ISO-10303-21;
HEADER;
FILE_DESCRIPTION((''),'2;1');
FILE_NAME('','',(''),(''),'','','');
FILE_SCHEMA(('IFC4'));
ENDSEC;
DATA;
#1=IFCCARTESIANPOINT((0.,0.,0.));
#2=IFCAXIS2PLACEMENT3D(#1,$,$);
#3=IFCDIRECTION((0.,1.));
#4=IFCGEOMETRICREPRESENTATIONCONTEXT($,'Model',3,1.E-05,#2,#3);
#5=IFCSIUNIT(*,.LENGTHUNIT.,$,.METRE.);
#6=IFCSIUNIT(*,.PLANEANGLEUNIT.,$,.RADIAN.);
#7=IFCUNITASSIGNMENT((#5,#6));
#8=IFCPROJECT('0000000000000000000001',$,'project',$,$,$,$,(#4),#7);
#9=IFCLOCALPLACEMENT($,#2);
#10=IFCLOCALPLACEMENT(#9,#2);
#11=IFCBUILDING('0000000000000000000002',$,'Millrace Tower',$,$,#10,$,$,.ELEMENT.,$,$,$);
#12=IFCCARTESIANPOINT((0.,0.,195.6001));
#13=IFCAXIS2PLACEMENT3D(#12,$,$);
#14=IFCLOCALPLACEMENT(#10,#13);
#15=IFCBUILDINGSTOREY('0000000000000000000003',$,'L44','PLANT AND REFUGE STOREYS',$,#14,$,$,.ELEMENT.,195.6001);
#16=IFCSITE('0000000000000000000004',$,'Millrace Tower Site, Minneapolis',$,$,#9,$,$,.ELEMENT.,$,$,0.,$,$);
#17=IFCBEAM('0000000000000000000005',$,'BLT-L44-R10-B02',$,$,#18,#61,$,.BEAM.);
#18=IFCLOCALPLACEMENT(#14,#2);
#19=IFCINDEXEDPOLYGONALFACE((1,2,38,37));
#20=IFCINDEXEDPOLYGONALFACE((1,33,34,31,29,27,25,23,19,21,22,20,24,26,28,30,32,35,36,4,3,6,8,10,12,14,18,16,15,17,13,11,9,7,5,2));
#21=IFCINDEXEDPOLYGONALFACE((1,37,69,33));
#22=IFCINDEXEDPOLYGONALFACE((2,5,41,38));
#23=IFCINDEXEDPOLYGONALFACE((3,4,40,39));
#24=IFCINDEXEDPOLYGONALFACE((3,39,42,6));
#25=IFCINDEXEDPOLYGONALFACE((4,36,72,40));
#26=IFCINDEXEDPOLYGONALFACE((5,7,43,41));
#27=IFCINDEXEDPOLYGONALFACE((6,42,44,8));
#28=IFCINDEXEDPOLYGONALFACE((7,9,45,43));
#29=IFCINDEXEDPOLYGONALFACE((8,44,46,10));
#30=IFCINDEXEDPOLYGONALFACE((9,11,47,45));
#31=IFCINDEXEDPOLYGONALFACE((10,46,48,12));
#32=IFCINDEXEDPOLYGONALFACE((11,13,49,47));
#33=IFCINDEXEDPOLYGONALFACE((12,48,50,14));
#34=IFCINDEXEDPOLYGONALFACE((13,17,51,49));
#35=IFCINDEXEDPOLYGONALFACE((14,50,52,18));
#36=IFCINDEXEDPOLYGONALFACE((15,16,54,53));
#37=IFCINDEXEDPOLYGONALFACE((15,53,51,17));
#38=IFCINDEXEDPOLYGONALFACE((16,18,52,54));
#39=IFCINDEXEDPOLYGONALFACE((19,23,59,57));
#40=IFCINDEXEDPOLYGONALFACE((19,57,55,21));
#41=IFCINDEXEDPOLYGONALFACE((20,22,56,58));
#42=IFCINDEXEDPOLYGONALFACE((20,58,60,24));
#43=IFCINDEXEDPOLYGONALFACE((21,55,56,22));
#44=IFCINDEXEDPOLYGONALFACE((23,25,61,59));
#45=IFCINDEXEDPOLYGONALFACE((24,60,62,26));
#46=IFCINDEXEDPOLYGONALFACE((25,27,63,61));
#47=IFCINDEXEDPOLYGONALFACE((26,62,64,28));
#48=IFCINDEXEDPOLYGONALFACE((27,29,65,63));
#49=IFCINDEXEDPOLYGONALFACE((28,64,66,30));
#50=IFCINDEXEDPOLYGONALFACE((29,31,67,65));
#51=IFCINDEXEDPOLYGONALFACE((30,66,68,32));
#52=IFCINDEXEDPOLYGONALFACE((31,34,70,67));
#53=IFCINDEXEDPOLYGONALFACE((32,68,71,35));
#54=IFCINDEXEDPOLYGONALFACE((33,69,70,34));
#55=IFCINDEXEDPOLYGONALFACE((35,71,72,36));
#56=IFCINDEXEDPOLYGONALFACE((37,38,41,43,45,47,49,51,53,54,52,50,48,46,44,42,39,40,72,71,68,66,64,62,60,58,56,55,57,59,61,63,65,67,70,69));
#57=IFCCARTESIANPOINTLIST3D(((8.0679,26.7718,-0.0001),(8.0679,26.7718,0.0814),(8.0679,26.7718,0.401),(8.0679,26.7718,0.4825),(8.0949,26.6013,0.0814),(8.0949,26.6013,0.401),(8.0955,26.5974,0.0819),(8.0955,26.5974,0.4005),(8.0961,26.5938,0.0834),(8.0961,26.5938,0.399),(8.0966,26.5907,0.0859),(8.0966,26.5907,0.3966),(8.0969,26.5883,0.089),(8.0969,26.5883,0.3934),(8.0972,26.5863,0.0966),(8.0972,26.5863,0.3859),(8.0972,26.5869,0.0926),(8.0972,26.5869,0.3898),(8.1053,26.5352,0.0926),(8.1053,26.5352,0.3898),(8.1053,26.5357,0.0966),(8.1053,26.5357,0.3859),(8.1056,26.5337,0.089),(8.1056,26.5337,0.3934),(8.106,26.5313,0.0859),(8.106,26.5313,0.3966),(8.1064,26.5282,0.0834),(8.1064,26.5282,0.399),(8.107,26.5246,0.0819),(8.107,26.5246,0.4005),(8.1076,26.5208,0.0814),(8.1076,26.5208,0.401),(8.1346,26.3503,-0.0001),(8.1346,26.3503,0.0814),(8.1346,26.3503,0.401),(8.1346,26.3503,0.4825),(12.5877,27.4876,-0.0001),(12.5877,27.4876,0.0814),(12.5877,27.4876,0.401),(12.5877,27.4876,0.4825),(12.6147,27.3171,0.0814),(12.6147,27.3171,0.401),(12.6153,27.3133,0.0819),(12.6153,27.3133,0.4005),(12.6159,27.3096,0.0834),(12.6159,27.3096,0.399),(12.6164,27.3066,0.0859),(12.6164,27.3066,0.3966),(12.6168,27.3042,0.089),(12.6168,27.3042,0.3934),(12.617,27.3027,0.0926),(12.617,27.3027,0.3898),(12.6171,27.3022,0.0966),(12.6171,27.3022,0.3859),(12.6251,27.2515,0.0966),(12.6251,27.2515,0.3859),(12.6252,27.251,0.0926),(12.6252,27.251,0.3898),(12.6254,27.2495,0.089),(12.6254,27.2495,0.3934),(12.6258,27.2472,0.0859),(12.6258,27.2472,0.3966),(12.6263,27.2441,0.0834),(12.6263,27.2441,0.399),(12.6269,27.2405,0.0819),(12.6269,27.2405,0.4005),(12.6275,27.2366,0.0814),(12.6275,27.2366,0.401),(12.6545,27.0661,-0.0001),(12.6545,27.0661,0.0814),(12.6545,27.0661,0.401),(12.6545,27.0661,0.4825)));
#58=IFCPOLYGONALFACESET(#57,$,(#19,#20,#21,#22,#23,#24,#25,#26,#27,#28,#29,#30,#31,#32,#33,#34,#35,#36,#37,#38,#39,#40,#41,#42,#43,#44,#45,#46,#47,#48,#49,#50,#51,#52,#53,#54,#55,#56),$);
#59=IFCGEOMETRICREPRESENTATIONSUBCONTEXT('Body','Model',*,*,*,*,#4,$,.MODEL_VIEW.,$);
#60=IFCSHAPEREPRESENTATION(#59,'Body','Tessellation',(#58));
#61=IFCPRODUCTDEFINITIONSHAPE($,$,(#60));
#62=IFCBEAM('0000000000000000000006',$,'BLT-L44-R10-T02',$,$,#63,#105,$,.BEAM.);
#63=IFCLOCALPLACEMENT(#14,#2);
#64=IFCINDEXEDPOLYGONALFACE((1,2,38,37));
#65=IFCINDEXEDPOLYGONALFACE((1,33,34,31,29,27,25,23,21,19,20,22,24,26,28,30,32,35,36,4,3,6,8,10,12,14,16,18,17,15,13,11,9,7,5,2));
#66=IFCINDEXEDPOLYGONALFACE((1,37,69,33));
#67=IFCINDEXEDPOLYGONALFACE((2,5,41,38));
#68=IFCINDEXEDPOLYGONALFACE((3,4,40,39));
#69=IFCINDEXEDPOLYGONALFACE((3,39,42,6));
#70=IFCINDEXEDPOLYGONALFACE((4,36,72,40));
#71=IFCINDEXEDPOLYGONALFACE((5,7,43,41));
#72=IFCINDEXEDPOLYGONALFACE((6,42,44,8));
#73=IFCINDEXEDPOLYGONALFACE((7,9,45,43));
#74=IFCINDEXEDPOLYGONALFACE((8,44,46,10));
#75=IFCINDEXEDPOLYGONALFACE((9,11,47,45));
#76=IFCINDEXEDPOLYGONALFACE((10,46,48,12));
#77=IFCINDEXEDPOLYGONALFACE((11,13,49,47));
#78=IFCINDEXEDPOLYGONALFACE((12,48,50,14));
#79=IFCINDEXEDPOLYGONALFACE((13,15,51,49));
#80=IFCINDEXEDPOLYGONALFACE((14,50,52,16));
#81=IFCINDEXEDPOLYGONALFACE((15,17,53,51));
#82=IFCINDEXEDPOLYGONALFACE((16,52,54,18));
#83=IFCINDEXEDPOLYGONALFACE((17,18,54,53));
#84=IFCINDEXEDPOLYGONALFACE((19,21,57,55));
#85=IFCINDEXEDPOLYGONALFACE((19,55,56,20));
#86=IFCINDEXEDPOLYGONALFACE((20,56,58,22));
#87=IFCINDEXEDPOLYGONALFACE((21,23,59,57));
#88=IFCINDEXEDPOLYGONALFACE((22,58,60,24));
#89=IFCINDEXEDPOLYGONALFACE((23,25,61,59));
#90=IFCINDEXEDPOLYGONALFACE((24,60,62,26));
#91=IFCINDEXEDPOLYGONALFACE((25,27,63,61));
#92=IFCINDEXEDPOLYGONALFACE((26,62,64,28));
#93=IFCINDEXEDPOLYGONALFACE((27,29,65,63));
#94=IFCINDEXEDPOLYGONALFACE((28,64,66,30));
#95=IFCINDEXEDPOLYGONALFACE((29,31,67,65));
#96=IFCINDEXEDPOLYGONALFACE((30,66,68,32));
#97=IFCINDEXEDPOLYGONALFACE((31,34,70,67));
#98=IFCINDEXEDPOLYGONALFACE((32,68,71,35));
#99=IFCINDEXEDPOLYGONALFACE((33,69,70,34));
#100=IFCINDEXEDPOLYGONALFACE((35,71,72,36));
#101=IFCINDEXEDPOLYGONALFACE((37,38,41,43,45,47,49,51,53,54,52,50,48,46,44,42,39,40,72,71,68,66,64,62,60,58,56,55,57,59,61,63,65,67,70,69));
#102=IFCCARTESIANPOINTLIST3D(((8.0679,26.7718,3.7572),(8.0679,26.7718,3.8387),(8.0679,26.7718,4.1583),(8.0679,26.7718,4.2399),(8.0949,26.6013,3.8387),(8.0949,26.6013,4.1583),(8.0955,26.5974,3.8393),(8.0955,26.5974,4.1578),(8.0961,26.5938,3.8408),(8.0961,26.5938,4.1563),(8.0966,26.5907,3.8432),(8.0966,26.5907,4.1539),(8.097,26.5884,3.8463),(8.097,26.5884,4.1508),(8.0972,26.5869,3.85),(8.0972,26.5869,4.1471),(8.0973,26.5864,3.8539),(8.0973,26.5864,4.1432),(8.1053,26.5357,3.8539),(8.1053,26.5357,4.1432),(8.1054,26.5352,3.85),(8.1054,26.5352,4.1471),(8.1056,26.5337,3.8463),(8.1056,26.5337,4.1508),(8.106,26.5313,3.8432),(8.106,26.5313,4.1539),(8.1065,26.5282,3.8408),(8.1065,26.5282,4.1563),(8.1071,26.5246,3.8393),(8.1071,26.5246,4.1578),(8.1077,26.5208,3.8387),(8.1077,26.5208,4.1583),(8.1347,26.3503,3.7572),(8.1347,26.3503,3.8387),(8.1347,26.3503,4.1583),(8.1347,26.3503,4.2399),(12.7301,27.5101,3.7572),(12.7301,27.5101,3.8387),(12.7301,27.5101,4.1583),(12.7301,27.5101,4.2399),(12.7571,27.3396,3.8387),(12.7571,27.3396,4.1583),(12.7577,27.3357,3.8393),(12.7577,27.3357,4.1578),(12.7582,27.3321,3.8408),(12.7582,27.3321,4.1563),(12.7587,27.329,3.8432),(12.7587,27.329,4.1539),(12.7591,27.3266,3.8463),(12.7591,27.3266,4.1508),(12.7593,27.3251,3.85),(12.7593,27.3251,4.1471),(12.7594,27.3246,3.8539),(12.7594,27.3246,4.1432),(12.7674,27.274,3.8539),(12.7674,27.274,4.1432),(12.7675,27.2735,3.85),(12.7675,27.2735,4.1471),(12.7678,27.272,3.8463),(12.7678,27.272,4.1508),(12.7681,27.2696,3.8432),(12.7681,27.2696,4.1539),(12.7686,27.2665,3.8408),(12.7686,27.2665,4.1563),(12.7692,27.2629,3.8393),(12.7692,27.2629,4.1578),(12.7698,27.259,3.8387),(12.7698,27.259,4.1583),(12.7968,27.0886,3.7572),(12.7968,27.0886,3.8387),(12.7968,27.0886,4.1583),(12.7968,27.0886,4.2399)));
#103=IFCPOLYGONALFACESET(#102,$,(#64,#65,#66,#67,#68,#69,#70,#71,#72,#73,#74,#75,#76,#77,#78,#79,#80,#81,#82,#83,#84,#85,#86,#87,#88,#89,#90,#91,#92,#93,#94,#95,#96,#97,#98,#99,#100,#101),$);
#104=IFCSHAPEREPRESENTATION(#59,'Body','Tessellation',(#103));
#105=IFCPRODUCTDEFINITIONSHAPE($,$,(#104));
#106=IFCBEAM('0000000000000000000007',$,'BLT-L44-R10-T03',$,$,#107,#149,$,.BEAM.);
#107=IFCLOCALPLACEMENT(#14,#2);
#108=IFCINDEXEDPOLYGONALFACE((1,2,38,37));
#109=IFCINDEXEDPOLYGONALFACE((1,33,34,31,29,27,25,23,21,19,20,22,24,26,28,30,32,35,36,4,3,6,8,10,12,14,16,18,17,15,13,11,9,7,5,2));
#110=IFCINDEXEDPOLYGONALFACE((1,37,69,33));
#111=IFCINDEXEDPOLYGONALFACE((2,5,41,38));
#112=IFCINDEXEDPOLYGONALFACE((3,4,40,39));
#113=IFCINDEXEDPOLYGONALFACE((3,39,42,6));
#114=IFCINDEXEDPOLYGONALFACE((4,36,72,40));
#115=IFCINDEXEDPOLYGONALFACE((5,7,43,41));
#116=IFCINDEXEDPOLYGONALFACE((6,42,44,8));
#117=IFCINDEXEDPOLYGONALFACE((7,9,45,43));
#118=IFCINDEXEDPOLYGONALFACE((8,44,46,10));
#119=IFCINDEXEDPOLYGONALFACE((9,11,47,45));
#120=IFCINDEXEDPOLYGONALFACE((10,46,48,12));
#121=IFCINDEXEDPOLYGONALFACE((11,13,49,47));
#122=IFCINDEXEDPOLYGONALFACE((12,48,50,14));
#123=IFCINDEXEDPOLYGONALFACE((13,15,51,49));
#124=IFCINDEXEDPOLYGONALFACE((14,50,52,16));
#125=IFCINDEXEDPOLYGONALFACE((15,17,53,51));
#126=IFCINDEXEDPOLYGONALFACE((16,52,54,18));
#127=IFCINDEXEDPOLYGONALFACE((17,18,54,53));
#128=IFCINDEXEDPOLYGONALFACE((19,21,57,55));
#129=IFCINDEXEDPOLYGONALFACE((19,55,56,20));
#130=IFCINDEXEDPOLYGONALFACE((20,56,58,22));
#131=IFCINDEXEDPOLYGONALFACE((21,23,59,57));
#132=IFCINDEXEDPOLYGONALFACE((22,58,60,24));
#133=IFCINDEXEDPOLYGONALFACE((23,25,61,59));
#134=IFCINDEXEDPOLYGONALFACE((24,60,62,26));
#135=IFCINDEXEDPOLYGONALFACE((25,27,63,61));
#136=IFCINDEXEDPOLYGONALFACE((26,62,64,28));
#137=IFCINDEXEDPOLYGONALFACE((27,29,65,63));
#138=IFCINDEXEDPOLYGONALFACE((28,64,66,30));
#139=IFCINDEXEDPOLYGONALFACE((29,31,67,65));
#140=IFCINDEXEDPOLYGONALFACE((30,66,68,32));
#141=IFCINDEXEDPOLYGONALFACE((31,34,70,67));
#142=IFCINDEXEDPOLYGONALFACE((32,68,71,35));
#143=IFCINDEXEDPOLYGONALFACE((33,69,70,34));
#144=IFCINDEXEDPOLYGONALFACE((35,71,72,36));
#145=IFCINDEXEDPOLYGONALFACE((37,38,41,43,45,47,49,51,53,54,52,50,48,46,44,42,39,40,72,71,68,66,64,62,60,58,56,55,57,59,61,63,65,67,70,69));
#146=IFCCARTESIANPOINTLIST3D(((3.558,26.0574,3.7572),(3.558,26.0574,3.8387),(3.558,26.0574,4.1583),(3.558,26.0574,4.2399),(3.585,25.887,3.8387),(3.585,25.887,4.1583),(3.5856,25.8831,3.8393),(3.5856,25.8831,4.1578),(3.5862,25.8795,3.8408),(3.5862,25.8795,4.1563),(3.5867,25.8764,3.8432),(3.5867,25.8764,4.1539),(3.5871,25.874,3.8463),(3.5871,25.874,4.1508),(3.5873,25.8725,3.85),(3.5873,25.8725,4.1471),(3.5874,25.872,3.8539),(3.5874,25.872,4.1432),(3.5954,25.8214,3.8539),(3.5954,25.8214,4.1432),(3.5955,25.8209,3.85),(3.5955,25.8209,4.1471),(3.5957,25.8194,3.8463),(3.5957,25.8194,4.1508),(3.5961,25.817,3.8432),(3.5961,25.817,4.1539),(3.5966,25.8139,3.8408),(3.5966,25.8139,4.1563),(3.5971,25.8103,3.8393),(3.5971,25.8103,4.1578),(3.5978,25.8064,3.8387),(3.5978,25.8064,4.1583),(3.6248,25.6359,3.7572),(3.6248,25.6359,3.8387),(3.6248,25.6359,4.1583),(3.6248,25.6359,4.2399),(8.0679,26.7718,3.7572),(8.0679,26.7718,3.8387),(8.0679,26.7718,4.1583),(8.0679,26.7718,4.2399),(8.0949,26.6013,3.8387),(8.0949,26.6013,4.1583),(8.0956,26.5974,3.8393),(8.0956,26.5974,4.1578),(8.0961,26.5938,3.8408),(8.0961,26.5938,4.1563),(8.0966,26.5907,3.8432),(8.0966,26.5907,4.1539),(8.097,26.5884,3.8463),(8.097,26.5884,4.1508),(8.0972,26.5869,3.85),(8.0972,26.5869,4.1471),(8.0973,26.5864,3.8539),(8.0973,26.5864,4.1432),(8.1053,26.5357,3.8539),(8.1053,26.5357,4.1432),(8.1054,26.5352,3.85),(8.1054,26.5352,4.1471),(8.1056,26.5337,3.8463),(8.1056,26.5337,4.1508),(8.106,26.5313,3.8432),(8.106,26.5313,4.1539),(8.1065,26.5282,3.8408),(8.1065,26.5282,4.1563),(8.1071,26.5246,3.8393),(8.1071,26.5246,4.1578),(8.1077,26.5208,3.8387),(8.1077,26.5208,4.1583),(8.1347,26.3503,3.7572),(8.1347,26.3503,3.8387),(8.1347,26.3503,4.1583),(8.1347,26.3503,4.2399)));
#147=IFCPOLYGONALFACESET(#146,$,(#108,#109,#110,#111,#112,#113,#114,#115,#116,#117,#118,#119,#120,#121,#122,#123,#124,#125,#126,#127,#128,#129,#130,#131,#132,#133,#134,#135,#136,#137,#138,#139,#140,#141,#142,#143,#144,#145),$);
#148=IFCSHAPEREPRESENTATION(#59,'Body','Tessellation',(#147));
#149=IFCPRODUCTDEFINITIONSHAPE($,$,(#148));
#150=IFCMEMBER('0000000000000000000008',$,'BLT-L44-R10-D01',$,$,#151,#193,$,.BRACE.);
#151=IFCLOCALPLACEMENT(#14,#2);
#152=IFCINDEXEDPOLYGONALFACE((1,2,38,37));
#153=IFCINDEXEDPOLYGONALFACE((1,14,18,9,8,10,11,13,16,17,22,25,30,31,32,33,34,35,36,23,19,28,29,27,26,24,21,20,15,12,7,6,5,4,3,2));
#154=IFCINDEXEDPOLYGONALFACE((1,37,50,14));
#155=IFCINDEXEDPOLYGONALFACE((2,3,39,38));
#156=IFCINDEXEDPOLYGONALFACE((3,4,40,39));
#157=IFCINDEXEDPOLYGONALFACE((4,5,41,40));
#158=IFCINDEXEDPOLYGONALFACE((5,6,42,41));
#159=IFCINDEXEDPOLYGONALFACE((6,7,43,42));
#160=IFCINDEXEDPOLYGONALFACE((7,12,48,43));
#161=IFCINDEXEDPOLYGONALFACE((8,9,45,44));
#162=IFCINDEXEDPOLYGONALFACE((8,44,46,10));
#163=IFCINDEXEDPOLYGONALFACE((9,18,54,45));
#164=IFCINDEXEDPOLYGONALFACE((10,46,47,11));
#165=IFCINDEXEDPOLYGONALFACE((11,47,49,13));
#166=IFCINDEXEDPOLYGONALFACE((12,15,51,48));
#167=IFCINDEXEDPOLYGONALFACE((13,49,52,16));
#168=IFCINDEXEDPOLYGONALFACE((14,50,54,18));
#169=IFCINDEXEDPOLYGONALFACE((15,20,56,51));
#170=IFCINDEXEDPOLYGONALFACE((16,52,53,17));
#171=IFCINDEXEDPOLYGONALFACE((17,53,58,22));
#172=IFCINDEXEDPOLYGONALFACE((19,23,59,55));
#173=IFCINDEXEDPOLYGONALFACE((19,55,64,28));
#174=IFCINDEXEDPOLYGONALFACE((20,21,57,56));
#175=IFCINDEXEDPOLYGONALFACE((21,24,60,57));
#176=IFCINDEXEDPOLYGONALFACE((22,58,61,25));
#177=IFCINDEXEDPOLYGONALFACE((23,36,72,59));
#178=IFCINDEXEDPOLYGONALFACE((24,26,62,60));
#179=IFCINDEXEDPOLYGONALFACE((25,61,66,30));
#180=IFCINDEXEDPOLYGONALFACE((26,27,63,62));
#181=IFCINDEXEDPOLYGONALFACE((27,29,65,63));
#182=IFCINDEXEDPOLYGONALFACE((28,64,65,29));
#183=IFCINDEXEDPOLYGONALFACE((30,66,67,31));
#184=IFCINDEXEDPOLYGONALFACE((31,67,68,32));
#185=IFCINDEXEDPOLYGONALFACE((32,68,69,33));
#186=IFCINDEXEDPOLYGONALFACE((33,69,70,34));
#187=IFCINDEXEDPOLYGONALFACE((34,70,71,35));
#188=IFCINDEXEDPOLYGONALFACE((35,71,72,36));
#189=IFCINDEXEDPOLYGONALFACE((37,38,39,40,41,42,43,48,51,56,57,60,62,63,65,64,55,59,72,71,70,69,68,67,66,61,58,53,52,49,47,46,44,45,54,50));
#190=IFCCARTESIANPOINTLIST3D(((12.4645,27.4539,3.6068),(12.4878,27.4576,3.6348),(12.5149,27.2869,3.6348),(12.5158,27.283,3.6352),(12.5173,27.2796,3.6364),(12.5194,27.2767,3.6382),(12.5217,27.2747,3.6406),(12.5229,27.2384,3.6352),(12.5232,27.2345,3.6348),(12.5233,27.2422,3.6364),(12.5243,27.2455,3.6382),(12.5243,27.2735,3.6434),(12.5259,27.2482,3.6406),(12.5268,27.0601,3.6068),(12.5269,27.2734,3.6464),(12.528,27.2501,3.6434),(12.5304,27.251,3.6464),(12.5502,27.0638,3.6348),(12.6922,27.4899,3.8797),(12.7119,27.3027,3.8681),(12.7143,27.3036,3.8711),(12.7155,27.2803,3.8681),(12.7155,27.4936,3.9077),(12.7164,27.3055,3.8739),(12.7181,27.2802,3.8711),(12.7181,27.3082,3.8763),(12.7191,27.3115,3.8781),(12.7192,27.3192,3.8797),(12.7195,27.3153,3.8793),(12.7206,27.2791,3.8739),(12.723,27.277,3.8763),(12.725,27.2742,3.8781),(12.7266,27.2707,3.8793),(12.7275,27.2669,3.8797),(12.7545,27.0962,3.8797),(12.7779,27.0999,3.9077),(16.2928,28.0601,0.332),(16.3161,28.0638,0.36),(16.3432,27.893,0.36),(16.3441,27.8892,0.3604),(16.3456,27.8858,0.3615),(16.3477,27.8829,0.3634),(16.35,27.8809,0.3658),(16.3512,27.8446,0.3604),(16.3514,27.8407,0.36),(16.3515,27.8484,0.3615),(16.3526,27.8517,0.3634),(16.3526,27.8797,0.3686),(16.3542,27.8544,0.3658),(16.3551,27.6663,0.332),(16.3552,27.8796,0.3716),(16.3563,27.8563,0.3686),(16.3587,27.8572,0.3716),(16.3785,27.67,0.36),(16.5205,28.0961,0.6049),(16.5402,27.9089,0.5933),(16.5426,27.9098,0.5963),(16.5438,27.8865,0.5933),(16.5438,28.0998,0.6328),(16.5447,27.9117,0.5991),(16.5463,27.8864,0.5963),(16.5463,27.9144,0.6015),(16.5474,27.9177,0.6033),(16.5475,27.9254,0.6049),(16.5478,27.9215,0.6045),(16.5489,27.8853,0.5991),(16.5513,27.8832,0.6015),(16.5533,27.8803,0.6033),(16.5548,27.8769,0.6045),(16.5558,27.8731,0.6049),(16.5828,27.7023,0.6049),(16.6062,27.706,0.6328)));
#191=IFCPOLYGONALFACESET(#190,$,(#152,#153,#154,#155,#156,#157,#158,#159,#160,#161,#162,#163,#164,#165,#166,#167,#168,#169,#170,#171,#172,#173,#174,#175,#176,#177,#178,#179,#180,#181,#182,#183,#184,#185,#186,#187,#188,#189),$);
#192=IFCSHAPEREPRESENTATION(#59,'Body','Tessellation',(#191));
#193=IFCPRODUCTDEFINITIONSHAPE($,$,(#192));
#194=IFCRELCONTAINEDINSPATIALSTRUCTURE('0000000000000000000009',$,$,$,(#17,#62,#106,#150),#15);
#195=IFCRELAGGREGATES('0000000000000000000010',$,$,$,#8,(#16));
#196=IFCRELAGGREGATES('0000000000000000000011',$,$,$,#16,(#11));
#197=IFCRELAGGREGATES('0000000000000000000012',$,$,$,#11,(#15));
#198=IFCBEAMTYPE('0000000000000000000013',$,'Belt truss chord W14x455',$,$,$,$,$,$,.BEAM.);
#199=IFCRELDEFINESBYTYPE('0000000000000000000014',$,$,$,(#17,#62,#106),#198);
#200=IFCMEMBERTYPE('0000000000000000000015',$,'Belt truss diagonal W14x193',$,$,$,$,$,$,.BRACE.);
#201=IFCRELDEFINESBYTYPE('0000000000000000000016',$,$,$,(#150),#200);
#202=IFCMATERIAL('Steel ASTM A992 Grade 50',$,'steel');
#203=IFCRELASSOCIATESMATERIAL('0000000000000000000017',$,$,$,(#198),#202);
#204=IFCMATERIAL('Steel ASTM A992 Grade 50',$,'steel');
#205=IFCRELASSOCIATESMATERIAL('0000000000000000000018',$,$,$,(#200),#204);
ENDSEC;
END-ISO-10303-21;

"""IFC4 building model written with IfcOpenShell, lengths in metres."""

from ifc_helpers import new_model, si_unit, direction, frame, origin, origin_2d, place, context, subcontext, project, spatial, i_section, extrude, material, material_profile, profile_set, type_object, element, save


model = new_model("IFC4")

# Units and contexts
model_context = context("Model", 3, precision=1e-05, world=origin(), true_north=direction((0.0, 1.0)))
body_context = subcontext(model_context, "Body", "Model", "MODEL_VIEW")
ifc_project = project(units=[si_unit("LENGTHUNIT", "METRE"), si_unit("PLANEANGLEUNIT", "RADIAN")], contexts=[model_context])

# Site, building, storey
site_placement = place(None, origin())
site = spatial("IfcSite", under=ifc_project, at=site_placement, Name="Millrace Tower Site, Minneapolis", CompositionType="ELEMENT", RefElevation=0.0)
building_placement = place(site_placement, origin())
building = spatial("IfcBuilding", under=site, at=building_placement, Name="Millrace Tower", CompositionType="ELEMENT")
storey_placement = place(building_placement, frame((0.0, 0.0, 195.6001)))
storey = spatial("IfcBuildingStorey", under=building, at=storey_placement, Name="L44", Description="PLANT AND REFUGE STOREYS", CompositionType="ELEMENT", Elevation=195.6001)

# Beams
ifc_material_1 = material(Name="Steel ASTM A992 Grade 50", Category="steel")
ifc_material_profile_1 = material_profile(ifc_material_1, i_section(OverallWidth=0.4268, OverallDepth=0.4827, WebThickness=0.0513, FlangeThickness=0.0815, FilletRadius=0.0151, at=origin_2d()))
ifc_profile_set_1 = profile_set([ifc_material_profile_1], Name="Steel ASTM A992 Grade 50")
beam_type_1 = type_object("IfcBeamType", Name="Belt truss chord W14x455", PredefinedType="BEAM", material=ifc_profile_set_1)
beam_1_placement = place(storey_placement, frame((12.6211, 27.2769, 0.2412), z_axis=(-0.98769, -0.156426, 0.0), x_axis=(0.156426, -0.98769, 0.0)))
element("IfcBeam", 1, at=beam_1_placement, inside=storey, type_object=beam_type_1, Name="BLT-L44-R10-B02", PredefinedType="BEAM", context=body_context, shape_type="SweptSolid", body=[
    extrude(i_section(OverallWidth=0.4268, OverallDepth=0.4827, WebThickness=0.0513, FlangeThickness=0.0815, FilletRadius=0.0151, at=origin_2d()), origin(), (0.0, 0.0, 1.0), 4.5762),
])
beam_2_placement = place(storey_placement, frame((12.7634, 27.2993, 3.9985), z_axis=(-0.987692, -0.156409, 0.0), x_axis=(0.156409, -0.987692, 0.0)))
element("IfcBeam", 2, at=beam_2_placement, inside=storey, type_object=beam_type_1, Name="BLT-L44-R10-T02", PredefinedType="BEAM", context=body_context, shape_type="SweptSolid", body=[
    extrude(i_section(OverallWidth=0.4268, OverallDepth=0.4827, WebThickness=0.0513, FlangeThickness=0.0815, FilletRadius=0.0151, at=origin_2d()), origin(), (0.0, 0.0, 1.0), 4.7202),
])
beam_3_placement = place(storey_placement, frame((8.1013, 26.561, 3.9985), z_axis=(-0.987687, -0.156443, 0.0), x_axis=(0.156443, -0.987687, 0.0)))
element("IfcBeam", 3, at=beam_3_placement, inside=storey, type_object=beam_type_1, Name="BLT-L44-R10-T03", PredefinedType="BEAM", context=body_context, shape_type="SweptSolid", body=[
    extrude(i_section(OverallWidth=0.4268, OverallDepth=0.4827, WebThickness=0.0513, FlangeThickness=0.0815, FilletRadius=0.0151, at=origin_2d()), origin(), (0.0, 0.0, 1.0), 4.5662),
])

# Member
ifc_material_2 = material(Name="Steel ASTM A992 Grade 50", Category="steel")
ifc_material_profile_2 = material_profile(ifc_material_2, i_section(OverallWidth=0.3987, OverallDepth=0.3938, WebThickness=0.0227, FlangeThickness=0.0366, FilletRadius=0.0151, at=origin_2d()))
ifc_profile_set_2 = profile_set([ifc_material_profile_2], Name="Steel ASTM A992 Grade 50")
member_type_1 = type_object("IfcMemberType", Name="Belt truss diagonal W14x193", PredefinedType="BRACE", material=ifc_profile_set_2)
member_1_placement = place(storey_placement, frame((16.4495, 27.8831, 0.4824), z_axis=(-0.754457, -0.119464, 0.645386), x_axis=(0.156396, -0.987694, 0.0)))
element("IfcMember", 4, at=member_1_placement, inside=storey, type_object=member_type_1, Name="BLT-L44-R10-D01", PredefinedType="BRACE", context=body_context, shape_type="SweptSolid", body=[
    extrude(i_section(OverallWidth=0.3987, OverallDepth=0.3938, WebThickness=0.0227, FlangeThickness=0.0366, FilletRadius=0.0151, at=origin_2d()), origin(), (0.0, 0.0, 1.0), 5.0742),
])

save(model, "model.ifc")
